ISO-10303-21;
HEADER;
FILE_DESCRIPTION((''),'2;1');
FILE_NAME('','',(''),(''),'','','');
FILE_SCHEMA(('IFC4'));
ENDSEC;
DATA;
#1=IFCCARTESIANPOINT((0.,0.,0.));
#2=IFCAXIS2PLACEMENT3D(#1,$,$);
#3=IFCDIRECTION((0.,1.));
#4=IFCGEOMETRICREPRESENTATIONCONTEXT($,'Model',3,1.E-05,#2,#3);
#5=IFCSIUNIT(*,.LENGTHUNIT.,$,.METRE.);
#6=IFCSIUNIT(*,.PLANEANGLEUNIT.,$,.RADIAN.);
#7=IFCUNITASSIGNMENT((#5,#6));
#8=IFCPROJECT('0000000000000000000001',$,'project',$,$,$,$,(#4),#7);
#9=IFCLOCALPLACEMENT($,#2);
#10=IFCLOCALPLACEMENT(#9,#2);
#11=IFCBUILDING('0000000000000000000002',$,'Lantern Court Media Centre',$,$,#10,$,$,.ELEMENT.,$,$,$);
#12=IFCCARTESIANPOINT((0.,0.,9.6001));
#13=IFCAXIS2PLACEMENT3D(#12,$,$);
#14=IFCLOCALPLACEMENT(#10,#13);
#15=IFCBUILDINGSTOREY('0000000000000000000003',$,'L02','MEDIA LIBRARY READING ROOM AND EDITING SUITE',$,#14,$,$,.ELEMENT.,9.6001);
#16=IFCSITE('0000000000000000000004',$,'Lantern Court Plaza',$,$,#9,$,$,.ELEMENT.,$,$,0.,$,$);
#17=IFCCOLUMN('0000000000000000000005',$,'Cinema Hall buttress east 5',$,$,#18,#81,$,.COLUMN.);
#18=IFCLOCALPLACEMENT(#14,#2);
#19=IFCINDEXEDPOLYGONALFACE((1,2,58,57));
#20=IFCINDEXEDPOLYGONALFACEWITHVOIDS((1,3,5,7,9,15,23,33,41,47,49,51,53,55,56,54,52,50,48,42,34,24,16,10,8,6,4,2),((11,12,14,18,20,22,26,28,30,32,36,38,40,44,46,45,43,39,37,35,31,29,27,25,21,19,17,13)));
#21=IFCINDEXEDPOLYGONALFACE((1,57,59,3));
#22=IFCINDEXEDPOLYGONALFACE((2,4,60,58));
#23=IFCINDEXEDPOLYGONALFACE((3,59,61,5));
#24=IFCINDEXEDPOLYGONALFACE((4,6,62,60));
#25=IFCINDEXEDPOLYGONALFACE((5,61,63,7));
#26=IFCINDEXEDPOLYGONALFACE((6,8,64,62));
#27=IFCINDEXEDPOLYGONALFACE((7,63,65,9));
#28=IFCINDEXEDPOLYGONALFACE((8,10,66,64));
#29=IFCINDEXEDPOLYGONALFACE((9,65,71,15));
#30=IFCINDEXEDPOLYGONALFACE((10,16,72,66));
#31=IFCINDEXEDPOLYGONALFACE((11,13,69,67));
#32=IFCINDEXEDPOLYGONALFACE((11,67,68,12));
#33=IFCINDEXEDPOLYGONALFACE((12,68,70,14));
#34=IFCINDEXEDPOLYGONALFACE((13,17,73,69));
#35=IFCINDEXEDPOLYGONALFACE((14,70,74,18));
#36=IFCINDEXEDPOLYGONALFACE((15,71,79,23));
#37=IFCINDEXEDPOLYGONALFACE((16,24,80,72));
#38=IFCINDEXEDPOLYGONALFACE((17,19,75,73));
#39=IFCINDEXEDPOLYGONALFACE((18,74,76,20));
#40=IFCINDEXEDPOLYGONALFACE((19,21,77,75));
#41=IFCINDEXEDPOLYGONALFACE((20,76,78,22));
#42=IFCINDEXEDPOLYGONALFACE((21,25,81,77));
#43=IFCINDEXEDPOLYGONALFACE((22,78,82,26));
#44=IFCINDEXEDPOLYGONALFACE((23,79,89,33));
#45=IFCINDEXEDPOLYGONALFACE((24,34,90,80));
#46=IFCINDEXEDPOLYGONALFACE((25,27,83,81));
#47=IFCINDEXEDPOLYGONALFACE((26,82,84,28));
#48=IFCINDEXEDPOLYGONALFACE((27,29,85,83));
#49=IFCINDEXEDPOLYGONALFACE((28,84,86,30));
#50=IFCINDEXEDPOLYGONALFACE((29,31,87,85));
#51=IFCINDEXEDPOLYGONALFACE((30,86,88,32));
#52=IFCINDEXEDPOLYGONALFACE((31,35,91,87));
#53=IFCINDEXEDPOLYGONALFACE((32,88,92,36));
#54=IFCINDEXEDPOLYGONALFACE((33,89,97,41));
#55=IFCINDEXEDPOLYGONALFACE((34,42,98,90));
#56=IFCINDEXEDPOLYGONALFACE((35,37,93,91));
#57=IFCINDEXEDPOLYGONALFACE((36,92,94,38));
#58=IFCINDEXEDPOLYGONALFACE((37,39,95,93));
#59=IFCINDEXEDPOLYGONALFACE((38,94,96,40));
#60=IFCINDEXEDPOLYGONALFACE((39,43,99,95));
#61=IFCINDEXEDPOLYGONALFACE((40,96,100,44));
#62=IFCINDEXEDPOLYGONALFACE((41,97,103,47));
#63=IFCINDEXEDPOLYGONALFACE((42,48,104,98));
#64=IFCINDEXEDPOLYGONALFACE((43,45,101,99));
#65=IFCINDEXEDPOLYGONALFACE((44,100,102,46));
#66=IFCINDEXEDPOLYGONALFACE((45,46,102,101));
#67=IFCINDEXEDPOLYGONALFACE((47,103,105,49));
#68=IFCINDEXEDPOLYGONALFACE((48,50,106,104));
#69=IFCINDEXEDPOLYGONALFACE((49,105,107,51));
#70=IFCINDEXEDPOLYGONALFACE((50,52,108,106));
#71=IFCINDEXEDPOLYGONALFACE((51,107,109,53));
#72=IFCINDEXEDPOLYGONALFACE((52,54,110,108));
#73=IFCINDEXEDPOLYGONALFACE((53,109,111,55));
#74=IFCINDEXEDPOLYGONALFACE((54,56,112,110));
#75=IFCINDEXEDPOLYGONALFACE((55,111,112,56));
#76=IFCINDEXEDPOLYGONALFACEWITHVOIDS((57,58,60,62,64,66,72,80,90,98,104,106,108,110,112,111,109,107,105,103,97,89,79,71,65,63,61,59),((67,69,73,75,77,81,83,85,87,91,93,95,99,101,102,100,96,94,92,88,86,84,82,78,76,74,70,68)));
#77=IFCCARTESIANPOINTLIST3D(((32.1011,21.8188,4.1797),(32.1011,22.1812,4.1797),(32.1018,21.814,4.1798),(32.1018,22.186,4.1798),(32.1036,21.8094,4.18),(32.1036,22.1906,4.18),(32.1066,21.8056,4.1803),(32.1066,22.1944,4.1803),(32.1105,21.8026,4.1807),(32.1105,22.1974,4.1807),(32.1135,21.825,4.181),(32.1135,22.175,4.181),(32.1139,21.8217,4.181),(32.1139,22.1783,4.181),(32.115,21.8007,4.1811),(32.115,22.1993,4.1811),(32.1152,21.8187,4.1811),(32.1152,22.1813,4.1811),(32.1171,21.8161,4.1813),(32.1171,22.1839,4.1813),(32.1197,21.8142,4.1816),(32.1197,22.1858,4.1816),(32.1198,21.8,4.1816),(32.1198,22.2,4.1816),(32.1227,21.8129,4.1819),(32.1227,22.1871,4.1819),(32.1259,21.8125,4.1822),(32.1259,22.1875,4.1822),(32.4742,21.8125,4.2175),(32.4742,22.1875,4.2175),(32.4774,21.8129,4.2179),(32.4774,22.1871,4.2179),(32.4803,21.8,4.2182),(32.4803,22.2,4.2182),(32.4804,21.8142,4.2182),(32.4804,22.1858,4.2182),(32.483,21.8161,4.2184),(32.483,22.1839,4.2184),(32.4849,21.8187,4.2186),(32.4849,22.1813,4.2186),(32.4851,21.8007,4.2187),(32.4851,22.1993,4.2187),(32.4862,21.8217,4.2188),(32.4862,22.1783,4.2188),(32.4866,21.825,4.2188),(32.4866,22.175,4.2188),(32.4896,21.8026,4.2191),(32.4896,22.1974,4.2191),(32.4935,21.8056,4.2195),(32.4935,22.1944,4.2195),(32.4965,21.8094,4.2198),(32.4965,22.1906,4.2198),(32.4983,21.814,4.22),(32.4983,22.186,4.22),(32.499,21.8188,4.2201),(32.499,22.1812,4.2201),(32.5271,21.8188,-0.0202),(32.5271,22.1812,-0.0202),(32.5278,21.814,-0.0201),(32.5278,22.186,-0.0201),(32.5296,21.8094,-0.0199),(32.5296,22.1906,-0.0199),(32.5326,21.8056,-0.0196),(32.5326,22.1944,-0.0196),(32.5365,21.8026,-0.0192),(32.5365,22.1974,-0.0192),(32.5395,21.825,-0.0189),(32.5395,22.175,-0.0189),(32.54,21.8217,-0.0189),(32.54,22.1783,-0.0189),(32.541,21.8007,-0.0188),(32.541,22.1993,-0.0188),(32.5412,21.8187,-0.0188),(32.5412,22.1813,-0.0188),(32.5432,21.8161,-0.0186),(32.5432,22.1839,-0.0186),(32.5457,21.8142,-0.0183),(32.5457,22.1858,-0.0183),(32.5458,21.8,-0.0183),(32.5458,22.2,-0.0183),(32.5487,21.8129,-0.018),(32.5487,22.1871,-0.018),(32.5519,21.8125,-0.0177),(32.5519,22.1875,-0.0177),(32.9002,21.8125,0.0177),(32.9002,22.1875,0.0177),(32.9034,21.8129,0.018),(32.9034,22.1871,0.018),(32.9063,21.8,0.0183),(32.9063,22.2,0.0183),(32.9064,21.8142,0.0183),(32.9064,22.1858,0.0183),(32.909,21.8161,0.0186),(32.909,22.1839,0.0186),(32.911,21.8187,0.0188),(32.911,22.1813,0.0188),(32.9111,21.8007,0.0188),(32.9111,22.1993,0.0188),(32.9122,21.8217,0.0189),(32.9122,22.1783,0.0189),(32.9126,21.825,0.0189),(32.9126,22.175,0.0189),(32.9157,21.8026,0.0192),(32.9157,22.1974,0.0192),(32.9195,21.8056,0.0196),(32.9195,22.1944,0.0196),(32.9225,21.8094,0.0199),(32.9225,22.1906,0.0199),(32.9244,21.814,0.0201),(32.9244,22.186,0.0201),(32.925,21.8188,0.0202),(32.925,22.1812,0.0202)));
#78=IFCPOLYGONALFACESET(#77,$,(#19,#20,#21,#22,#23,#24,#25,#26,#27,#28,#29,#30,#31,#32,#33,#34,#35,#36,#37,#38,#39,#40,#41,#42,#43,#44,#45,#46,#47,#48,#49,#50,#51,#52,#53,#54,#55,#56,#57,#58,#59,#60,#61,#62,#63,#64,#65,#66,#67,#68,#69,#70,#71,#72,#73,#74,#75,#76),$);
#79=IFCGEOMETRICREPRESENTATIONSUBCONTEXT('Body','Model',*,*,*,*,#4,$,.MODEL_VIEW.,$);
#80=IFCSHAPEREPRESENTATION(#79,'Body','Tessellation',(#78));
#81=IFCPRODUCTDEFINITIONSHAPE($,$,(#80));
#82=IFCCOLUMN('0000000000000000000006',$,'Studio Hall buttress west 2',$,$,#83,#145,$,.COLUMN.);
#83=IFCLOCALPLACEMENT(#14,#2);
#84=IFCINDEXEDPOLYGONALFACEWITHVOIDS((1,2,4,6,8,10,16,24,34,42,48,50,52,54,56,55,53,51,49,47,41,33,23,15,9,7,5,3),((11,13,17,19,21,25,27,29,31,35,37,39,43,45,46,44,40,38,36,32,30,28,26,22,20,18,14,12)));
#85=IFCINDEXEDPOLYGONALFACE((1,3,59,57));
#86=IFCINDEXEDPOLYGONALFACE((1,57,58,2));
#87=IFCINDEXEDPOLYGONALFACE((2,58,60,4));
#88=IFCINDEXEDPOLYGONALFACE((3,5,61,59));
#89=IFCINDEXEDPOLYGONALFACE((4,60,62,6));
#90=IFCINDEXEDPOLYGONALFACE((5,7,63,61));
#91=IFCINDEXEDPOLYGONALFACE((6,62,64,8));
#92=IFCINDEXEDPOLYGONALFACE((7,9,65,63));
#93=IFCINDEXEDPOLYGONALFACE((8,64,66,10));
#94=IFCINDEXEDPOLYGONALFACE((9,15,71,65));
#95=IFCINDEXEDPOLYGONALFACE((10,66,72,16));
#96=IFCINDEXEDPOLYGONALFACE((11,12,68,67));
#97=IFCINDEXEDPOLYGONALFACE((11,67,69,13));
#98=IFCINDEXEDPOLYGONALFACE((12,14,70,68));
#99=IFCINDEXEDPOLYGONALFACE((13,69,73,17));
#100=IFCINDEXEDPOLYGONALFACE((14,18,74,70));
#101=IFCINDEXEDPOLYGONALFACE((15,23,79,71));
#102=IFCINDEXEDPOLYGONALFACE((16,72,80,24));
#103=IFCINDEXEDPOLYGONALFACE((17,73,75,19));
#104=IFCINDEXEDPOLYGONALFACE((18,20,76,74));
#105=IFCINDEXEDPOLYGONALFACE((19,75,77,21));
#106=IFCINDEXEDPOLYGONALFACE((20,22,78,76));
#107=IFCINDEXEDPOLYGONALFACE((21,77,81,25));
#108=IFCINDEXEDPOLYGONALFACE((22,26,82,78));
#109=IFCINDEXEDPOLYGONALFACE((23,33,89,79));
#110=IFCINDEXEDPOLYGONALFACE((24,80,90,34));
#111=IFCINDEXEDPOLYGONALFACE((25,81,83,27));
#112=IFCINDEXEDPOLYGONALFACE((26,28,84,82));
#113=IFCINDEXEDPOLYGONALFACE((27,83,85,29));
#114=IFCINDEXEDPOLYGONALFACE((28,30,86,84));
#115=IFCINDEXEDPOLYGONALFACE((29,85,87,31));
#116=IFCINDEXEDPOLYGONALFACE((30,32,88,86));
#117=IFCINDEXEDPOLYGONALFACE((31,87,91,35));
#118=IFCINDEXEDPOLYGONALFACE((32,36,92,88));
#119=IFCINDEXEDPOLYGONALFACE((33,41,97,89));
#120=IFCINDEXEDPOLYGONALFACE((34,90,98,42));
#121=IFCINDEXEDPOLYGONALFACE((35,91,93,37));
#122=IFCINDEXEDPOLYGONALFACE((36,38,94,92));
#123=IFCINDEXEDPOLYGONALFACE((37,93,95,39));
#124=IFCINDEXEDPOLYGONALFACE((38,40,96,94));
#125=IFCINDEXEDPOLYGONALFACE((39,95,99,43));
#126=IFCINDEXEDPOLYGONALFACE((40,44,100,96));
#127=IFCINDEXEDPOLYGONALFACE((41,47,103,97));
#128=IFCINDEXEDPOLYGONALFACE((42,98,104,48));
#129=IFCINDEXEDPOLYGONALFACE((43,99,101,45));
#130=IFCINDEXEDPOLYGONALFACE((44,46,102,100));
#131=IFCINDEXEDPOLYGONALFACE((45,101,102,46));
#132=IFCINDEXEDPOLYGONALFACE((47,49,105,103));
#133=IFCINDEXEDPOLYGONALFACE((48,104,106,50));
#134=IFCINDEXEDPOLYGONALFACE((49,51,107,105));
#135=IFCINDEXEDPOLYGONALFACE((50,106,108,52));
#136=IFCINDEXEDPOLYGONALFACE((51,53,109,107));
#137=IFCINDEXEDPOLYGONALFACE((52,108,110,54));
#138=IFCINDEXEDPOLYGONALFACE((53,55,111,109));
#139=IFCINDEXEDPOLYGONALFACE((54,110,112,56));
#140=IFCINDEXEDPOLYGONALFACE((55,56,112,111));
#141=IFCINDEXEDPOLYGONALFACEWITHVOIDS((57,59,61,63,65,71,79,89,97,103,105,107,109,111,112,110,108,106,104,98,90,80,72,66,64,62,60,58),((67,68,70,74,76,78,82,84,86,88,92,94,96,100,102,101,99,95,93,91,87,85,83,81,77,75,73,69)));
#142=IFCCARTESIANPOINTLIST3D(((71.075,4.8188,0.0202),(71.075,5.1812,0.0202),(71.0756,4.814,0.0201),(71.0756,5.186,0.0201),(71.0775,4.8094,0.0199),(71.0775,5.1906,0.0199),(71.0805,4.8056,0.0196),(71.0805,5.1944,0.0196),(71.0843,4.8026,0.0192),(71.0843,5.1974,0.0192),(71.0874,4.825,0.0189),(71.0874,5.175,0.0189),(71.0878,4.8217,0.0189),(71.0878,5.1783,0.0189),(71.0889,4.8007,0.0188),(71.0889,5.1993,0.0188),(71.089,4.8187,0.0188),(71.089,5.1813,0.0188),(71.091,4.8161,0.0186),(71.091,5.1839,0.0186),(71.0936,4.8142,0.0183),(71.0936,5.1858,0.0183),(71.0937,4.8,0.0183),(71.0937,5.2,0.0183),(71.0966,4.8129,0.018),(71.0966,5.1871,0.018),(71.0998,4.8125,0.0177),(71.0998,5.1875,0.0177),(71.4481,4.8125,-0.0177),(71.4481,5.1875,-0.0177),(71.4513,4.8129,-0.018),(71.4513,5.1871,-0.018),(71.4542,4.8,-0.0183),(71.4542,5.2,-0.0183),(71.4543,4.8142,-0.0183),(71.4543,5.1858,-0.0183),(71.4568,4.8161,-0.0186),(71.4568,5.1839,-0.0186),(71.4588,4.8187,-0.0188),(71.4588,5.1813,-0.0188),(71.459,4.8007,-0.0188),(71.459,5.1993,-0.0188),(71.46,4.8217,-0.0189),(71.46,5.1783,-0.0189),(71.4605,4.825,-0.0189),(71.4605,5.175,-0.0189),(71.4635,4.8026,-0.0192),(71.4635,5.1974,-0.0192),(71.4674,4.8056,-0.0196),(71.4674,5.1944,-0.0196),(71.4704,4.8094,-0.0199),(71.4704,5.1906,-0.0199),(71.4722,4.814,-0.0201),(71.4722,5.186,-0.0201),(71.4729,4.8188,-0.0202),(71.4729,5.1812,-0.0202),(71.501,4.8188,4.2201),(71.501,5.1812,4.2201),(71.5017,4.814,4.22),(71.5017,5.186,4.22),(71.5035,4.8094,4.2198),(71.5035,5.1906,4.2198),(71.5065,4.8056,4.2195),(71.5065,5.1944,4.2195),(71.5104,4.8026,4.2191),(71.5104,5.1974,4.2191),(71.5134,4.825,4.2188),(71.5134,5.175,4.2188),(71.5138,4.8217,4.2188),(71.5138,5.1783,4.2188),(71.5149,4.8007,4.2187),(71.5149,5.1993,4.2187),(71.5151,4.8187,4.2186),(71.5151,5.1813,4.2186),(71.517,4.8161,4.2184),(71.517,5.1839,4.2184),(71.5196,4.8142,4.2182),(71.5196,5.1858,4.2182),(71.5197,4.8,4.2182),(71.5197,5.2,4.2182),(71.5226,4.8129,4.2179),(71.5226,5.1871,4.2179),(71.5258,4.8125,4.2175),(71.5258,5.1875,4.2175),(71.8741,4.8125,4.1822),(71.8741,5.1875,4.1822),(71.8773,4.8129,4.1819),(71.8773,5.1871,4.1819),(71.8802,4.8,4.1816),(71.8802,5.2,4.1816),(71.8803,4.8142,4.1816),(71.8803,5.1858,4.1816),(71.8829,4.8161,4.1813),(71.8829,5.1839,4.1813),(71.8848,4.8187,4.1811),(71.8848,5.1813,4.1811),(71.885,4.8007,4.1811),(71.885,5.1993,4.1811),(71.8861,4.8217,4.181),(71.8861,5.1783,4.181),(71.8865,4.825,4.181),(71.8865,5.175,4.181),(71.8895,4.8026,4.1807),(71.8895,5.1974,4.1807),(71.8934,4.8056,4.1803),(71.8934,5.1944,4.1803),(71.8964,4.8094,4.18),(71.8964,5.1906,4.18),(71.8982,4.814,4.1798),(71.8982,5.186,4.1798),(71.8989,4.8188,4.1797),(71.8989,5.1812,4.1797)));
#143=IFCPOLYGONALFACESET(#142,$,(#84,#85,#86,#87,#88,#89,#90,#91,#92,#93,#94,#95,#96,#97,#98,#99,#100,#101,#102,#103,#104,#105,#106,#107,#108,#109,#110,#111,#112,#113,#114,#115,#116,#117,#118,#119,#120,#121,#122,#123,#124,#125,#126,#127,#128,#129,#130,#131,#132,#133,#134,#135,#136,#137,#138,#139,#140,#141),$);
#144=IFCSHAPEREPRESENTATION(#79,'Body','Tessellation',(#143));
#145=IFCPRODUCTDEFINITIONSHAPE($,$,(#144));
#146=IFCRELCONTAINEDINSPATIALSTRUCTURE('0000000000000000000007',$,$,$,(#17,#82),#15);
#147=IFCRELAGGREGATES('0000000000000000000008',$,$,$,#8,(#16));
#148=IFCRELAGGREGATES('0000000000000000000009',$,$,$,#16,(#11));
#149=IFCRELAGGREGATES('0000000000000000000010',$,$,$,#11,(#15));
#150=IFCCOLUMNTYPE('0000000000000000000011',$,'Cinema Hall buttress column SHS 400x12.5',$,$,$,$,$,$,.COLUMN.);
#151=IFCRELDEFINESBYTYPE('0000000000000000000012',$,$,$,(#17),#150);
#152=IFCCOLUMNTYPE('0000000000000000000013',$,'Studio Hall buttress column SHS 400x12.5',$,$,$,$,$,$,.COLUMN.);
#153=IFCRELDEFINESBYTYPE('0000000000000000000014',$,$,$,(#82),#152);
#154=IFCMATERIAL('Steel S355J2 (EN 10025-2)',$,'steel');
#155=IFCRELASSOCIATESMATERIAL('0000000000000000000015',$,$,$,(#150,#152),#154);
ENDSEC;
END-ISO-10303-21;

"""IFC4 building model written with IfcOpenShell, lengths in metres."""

from ifc_helpers import new_model, si_unit, direction, frame, origin, origin_2d, place, context, subcontext, project, spatial, hollow_rectangle, extrude, material, material_profile, profile_set, type_object, element, save


model = new_model("IFC4")

# Units and contexts
model_context = context("Model", 3, precision=1e-05, world=origin(), true_north=direction((0.0, 1.0)))
body_context = subcontext(model_context, "Body", "Model", "MODEL_VIEW")
ifc_project = project(units=[si_unit("LENGTHUNIT", "METRE"), si_unit("PLANEANGLEUNIT", "RADIAN")], contexts=[model_context])

# Site, building, storey
site_placement = place(None, origin())
site = spatial("IfcSite", under=ifc_project, at=site_placement, Name="Lantern Court Plaza", CompositionType="ELEMENT", RefElevation=0.0)
building_placement = place(site_placement, origin())
building = spatial("IfcBuilding", under=site, at=building_placement, Name="Lantern Court Media Centre", CompositionType="ELEMENT")
storey_placement = place(building_placement, frame((0.0, 0.0, 9.6001)))
storey = spatial("IfcBuildingStorey", under=building, at=storey_placement, Name="L02", Description="MEDIA LIBRARY READING ROOM AND EDITING SUITE", CompositionType="ELEMENT", Elevation=9.6001)

# Columns
ifc_material_1 = material(Name="Steel S355J2 (EN 10025-2)", Category="steel")
ifc_material_profile_1 = material_profile(ifc_material_1, hollow_rectangle(XDim=0.3999, YDim=0.3999, WallThickness=0.0125, InnerFilletRadius=0.0125, OuterFilletRadius=0.0188, at=origin_2d()), Name="Cinema Hall buttress column SHS 400x12.5")
ifc_profile_set_1 = profile_set([ifc_material_profile_1], Name="Steel S355J2 (EN 10025-2)")
column_type_1 = type_object("IfcColumnType", Name="Cinema Hall buttress column SHS 400x12.5", PredefinedType="COLUMN", material=ifc_profile_set_1)
for number, where, z_axis, x_axis, name in (
    (1, (32.7261, 22.0, 0.0), (-0.100918, 0.0, 0.994895), (0.0, -1.0, 0.0), "Cinema Hall buttress east 5"),
):
    element("IfcColumn", number, at=place(storey_placement, frame(where, z_axis=z_axis, x_axis=x_axis)), inside=storey, type_object=column_type_1, Name=name, PredefinedType="COLUMN", context=body_context, shape_type="SweptSolid", body=[
        extrude(hollow_rectangle(XDim=0.3999, YDim=0.3999, WallThickness=0.0125, InnerFilletRadius=0.0125, OuterFilletRadius=0.0188, at=origin_2d()), origin(), (0.0, 0.0, 1.0), 4.2214),
    ])
ifc_material_profile_2 = material_profile(ifc_material_1, hollow_rectangle(XDim=0.3999, YDim=0.3999, WallThickness=0.0125, InnerFilletRadius=0.0125, OuterFilletRadius=0.0188, at=origin_2d()), Name="Studio Hall buttress column SHS 400x12.5")
ifc_profile_set_2 = profile_set([ifc_material_profile_2], Name="Steel S355J2 (EN 10025-2)")
column_type_2 = type_object("IfcColumnType", Name="Studio Hall buttress column SHS 400x12.5", PredefinedType="COLUMN", material=ifc_profile_set_2)
for number, where, z_axis, x_axis, name in (
    (2, (71.2739, 5.0, 0.0), (0.100918, 0.0, 0.994895), (0.0, 1.0, 0.0), "Studio Hall buttress west 2"),
):
    element("IfcColumn", number, at=place(storey_placement, frame(where, z_axis=z_axis, x_axis=x_axis)), inside=storey, type_object=column_type_2, Name=name, PredefinedType="COLUMN", context=body_context, shape_type="SweptSolid", body=[
        extrude(hollow_rectangle(XDim=0.3999, YDim=0.3999, WallThickness=0.0125, InnerFilletRadius=0.0125, OuterFilletRadius=0.0188, at=origin_2d()), origin(), (0.0, 0.0, 1.0), 4.2214),
    ])

save(model, "model.ifc")
